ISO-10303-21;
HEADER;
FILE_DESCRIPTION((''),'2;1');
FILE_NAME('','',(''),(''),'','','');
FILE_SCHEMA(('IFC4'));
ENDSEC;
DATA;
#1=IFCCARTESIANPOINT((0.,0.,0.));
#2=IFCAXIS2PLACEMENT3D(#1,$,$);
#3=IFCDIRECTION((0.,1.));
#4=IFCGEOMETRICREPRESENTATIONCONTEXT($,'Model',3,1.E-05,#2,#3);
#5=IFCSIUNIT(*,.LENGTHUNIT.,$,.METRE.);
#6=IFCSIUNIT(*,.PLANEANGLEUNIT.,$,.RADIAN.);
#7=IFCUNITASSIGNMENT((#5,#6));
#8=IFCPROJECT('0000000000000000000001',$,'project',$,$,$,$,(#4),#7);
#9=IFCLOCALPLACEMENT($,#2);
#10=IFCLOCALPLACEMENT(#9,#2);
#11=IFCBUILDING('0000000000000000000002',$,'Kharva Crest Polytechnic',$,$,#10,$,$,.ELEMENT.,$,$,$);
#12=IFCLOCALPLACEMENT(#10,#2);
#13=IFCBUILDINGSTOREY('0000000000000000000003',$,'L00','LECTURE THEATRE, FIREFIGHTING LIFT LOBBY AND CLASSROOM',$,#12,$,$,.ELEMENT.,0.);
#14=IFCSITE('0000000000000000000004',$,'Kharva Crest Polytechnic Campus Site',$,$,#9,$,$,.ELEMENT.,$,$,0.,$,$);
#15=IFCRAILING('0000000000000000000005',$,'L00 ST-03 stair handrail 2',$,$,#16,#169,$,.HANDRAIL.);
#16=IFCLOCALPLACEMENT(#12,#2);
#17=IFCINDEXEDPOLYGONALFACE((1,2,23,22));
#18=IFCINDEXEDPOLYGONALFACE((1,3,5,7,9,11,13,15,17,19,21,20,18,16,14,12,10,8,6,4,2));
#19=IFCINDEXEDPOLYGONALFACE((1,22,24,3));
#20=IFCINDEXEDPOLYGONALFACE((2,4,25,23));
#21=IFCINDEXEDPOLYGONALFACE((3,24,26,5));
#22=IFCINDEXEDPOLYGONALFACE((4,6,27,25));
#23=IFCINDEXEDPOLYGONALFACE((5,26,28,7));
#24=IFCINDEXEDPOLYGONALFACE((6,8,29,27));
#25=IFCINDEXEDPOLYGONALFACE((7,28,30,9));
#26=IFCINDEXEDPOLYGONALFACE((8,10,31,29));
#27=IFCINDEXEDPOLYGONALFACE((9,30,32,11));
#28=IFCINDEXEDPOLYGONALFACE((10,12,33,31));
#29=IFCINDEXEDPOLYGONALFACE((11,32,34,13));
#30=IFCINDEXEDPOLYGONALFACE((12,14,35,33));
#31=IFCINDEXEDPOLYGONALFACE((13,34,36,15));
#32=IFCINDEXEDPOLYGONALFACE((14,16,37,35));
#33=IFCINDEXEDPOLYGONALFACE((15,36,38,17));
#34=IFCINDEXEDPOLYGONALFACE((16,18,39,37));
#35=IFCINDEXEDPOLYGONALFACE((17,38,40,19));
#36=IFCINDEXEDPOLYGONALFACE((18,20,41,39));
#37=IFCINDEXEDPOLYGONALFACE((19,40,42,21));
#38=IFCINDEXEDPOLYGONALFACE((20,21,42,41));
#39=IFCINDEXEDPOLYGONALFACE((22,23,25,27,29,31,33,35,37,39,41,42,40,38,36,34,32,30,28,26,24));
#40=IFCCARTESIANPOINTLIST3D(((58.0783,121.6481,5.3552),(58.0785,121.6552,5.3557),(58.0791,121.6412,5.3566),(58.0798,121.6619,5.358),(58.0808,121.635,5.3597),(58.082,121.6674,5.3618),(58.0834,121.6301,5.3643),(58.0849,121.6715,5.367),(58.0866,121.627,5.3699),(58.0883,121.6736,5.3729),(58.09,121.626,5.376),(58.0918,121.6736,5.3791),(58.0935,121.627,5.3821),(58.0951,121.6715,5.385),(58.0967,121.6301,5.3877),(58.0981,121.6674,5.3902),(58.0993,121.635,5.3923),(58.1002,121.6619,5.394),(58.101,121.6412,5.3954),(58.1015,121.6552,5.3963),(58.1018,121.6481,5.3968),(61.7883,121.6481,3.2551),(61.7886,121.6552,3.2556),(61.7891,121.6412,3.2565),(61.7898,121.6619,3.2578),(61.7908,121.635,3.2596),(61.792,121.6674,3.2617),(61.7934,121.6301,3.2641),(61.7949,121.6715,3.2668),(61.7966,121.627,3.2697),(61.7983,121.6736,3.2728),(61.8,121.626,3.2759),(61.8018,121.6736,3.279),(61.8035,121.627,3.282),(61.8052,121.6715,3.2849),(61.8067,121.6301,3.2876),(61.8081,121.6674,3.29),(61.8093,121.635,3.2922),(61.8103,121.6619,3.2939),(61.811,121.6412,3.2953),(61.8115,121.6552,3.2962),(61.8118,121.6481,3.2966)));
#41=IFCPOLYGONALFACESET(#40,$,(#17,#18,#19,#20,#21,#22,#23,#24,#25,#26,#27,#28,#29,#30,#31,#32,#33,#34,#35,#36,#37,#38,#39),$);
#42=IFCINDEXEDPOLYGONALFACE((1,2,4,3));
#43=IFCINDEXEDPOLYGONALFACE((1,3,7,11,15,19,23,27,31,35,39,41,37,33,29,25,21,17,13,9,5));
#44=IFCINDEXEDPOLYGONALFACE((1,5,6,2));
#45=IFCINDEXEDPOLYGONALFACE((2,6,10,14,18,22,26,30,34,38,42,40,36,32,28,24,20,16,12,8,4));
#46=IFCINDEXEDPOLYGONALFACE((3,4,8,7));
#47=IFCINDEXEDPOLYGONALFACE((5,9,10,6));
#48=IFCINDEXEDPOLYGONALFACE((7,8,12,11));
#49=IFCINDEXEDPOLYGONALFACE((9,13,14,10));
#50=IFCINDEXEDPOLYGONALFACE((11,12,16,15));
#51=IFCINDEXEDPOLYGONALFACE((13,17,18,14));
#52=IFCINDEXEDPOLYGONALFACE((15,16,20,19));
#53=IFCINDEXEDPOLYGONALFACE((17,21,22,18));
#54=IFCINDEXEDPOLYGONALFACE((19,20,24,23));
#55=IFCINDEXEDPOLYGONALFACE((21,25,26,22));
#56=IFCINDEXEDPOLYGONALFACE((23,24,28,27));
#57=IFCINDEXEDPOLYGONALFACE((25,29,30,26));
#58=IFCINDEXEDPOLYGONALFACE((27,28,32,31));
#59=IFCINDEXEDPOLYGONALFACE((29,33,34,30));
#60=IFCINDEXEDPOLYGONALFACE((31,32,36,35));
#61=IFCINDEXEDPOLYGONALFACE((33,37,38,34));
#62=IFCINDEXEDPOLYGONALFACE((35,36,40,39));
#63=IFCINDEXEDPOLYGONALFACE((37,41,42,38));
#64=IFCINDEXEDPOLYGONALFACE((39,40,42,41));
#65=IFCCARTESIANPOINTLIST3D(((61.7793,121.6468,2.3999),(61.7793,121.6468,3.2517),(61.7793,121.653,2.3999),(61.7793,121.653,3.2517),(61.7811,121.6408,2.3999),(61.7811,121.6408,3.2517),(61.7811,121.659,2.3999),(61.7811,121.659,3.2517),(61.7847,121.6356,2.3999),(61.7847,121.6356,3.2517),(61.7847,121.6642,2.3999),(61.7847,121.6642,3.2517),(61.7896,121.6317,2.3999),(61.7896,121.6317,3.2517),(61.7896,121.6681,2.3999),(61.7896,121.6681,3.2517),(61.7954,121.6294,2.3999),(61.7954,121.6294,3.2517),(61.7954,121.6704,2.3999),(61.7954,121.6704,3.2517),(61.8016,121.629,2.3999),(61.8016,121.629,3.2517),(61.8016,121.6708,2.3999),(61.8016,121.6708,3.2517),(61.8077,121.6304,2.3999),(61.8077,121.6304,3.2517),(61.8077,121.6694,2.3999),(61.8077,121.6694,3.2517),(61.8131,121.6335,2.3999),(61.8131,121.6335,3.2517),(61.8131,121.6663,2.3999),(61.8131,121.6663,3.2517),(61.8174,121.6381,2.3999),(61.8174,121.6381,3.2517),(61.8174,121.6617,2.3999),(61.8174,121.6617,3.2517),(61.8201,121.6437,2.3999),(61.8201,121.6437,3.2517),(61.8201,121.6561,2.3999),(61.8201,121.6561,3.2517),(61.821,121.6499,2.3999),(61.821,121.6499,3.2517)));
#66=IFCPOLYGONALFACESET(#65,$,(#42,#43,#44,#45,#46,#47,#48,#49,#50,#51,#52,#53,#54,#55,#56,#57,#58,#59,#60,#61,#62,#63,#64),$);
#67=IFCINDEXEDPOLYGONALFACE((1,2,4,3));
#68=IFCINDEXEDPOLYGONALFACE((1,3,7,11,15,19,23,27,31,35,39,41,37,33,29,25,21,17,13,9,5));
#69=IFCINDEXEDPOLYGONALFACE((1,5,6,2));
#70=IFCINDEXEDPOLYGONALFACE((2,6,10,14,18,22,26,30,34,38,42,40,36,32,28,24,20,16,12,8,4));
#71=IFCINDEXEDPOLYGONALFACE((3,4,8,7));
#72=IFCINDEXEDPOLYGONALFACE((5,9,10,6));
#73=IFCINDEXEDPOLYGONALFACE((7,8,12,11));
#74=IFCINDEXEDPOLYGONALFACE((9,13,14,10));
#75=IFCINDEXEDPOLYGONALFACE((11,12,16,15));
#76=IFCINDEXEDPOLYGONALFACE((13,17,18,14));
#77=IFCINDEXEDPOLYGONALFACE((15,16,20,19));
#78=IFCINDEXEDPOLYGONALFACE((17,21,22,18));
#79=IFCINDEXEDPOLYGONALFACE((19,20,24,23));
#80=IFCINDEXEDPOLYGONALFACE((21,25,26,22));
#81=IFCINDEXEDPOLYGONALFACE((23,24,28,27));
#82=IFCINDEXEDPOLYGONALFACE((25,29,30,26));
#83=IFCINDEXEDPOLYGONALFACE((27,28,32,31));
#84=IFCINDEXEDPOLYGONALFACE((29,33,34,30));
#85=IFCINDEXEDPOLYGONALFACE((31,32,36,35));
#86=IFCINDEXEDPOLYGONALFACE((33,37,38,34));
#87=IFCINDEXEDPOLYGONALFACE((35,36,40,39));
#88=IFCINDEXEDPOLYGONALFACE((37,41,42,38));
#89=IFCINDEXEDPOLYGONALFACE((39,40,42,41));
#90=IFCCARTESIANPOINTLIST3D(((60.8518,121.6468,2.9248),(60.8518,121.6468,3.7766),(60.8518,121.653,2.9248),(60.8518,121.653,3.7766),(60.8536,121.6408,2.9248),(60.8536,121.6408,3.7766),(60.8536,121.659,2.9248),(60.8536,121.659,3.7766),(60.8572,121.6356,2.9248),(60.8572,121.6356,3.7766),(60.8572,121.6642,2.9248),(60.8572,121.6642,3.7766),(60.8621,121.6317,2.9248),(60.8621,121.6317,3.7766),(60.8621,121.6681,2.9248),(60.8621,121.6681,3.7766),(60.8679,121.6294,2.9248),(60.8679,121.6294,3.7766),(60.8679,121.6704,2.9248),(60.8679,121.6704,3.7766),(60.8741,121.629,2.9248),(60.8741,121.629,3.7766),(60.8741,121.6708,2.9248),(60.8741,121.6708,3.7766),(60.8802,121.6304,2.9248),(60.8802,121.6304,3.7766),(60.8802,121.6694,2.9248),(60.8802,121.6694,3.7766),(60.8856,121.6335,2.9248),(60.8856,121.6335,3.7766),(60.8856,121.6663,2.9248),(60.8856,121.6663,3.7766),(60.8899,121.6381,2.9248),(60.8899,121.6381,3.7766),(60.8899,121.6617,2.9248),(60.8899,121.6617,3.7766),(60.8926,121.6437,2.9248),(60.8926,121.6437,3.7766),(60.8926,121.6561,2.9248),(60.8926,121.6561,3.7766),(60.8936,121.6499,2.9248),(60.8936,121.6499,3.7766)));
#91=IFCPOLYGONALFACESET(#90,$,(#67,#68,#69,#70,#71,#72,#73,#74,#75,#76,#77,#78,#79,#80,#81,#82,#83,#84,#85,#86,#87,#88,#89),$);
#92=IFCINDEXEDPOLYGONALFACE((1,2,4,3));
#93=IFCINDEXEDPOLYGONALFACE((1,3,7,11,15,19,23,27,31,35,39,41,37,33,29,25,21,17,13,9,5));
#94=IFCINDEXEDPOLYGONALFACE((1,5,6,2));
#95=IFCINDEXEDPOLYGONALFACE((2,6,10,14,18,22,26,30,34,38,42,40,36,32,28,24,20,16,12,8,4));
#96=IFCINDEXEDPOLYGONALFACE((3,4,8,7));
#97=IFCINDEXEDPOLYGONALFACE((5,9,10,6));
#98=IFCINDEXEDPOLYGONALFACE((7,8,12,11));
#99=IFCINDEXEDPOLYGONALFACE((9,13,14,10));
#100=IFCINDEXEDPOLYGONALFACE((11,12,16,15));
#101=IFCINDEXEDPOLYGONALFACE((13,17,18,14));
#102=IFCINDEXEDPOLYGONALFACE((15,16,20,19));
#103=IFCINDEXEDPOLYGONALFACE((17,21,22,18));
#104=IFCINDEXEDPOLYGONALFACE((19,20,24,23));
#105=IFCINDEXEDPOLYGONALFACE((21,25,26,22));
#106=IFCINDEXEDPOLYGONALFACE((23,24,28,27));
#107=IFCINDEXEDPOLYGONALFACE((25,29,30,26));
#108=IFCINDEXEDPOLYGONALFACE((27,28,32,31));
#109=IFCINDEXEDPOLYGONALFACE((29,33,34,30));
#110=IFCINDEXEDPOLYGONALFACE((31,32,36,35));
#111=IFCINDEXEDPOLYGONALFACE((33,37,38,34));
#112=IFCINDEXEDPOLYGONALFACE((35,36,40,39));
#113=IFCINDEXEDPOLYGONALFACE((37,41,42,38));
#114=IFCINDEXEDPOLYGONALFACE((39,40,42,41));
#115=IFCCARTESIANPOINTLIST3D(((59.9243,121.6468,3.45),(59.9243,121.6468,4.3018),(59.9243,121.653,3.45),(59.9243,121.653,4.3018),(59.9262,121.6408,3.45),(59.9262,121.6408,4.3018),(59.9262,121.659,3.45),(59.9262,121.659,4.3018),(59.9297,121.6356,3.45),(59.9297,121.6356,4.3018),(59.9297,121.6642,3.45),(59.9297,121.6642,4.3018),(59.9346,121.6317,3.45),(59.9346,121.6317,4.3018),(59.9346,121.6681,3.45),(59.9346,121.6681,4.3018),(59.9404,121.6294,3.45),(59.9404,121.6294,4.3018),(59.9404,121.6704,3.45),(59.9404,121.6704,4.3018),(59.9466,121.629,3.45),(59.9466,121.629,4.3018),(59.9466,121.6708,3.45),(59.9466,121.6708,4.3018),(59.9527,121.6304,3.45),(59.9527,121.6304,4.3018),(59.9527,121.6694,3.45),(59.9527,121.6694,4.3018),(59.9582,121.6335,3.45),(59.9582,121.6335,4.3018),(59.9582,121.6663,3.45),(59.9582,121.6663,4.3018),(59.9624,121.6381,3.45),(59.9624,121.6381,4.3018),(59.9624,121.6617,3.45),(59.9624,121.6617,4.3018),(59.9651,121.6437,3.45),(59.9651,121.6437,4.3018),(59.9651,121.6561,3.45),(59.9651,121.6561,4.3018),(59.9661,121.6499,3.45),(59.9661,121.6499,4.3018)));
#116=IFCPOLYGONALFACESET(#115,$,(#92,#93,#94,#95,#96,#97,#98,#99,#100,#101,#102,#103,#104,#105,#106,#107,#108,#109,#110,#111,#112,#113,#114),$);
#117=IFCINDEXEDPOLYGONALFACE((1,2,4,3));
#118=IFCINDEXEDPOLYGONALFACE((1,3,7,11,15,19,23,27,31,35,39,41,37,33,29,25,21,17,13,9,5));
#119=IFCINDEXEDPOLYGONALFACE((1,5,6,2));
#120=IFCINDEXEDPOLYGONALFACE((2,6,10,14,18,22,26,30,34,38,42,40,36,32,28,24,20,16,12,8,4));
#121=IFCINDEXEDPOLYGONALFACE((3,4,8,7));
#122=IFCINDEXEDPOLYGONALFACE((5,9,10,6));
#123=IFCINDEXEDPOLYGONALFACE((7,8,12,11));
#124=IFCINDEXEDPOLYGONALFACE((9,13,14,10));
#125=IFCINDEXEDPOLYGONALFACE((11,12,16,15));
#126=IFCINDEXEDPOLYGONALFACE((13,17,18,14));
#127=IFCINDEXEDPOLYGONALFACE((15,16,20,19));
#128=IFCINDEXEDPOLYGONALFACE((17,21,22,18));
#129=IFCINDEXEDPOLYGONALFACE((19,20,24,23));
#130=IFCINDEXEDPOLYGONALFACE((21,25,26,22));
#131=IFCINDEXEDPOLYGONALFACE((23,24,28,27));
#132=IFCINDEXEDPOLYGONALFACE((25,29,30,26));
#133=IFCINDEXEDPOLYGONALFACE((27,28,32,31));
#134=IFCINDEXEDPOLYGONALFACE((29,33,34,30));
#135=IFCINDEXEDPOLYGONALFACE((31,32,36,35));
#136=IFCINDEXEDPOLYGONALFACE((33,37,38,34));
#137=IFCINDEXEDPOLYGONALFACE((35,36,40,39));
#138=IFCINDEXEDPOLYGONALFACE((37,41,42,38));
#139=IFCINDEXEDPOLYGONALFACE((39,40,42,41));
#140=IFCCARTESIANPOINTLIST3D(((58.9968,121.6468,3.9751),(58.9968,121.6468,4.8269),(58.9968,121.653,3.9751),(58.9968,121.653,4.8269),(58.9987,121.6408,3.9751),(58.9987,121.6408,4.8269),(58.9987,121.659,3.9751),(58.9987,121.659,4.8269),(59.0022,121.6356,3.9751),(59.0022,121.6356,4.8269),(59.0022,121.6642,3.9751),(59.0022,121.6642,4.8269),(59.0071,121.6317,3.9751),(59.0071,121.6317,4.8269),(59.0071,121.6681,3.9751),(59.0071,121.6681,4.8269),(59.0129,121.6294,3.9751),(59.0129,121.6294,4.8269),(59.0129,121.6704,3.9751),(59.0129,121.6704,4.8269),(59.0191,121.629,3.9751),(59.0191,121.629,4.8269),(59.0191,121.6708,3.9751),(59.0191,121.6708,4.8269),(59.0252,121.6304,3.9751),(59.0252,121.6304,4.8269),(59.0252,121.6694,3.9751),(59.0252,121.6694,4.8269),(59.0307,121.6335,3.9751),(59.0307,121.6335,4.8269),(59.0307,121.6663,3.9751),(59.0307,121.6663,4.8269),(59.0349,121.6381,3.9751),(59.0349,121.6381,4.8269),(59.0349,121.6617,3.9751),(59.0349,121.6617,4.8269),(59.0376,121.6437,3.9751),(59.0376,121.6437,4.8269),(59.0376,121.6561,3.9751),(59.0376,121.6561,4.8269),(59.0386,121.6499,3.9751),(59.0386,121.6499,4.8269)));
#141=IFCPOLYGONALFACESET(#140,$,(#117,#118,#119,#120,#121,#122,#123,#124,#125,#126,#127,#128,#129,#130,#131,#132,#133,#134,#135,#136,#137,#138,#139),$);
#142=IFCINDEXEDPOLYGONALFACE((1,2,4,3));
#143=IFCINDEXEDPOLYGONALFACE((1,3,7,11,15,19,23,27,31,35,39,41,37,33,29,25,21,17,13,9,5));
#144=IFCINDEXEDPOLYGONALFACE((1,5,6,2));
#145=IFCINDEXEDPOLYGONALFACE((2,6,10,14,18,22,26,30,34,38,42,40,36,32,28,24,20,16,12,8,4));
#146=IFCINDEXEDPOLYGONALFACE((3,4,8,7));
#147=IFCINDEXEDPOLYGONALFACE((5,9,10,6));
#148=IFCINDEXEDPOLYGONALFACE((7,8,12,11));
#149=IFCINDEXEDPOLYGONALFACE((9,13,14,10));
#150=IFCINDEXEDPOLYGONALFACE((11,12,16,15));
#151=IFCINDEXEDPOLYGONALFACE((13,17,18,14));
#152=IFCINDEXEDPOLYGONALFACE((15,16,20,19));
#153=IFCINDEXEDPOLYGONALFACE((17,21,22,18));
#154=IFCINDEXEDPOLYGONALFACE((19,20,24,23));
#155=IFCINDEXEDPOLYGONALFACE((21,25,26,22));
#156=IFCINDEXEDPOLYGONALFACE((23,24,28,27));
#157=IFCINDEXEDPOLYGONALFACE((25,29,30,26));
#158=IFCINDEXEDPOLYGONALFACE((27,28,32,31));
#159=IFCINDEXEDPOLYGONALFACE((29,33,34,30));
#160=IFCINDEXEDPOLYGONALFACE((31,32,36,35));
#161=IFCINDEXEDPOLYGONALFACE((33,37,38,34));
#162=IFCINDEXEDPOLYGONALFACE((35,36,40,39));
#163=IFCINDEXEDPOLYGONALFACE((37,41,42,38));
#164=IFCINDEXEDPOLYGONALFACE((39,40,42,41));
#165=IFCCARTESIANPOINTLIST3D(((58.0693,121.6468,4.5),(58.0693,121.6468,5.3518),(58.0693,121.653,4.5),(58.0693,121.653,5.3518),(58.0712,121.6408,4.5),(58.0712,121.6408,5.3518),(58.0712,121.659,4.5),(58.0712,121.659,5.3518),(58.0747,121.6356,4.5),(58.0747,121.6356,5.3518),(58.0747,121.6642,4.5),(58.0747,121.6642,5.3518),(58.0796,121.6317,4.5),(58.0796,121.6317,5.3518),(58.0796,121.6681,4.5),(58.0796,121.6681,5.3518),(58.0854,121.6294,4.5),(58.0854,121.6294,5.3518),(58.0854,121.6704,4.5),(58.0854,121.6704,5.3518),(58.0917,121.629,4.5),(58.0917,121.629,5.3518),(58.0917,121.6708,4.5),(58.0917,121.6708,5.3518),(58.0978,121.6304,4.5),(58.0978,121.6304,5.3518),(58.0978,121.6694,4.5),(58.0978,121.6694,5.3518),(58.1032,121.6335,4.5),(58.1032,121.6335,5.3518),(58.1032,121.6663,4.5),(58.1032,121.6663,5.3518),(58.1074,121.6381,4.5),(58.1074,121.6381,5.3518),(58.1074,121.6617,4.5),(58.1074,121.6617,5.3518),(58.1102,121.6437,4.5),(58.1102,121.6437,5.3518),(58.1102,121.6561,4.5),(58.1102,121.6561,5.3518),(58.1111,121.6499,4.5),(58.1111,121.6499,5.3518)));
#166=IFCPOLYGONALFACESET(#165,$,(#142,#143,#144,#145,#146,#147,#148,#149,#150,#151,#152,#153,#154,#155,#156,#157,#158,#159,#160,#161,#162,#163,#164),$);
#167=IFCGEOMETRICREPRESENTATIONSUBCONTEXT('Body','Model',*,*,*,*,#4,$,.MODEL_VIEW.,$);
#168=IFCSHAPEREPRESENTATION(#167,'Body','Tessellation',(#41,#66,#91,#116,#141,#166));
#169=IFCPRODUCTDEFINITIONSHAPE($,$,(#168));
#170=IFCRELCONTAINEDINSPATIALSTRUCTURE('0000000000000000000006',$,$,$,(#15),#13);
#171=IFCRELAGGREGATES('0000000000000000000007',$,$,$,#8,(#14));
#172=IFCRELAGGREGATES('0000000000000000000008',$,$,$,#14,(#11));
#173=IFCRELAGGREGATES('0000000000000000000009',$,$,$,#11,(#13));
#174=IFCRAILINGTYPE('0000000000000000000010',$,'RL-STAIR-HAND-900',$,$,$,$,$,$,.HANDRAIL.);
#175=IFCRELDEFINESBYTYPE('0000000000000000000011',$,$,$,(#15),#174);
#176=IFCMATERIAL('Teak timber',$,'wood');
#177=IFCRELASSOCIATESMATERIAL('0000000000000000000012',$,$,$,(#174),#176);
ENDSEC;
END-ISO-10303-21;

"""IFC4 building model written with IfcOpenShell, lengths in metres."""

from ifc_helpers import new_model, si_unit, direction, frame, origin, origin_2d, place, context, subcontext, project, spatial, circle, extrude, material, type_object, element, save


model = new_model("IFC4")

# Units and contexts
model_context = context("Model", 3, precision=1e-05, world=origin(), true_north=direction((0.0, 1.0)))
body_context = subcontext(model_context, "Body", "Model", "MODEL_VIEW")
ifc_project = project(units=[si_unit("LENGTHUNIT", "METRE"), si_unit("PLANEANGLEUNIT", "RADIAN")], contexts=[model_context])

# Site, building, storey
site_placement = place(None, origin())
site = spatial("IfcSite", under=ifc_project, at=site_placement, Name="Kharva Crest Polytechnic Campus Site", CompositionType="ELEMENT", RefElevation=0.0)
building_placement = place(site_placement, origin())
building = spatial("IfcBuilding", under=site, at=building_placement, Name="Kharva Crest Polytechnic", CompositionType="ELEMENT")
storey_placement = place(building_placement, origin())
storey = spatial("IfcBuildingStorey", under=building, at=storey_placement, Name="L00", Description="LECTURE THEATRE, FIREFIGHTING LIFT LOBBY AND CLASSROOM", CompositionType="ELEMENT", Elevation=0.0)

# Shared definitions
ifc_material_1 = material(Name="Teak timber", Category="wood")

# Railing
railing_type_1 = type_object("IfcRailingType", Name="RL-STAIR-HAND-900", PredefinedType="HANDRAIL", material=ifc_material_1)
railing_1_placement = place(storey_placement, frame((61.8, 121.6499, 2.3999)))
element("IfcRailing", 1, at=railing_1_placement, inside=storey, type_object=railing_type_1, Name="L00 ST-03 stair handrail 2", PredefinedType="HANDRAIL", context=body_context, shape_type="SweptSolid", body=[
    extrude(circle(Radius=0.0239, at=origin_2d()), frame((0.0, 0.0, 0.876), z_axis=(-0.870245, 0.0, 0.492619), x_axis=(0.0, -1.0, 0.0)), (0.0, 0.0, 1.0), 4.2632),
    extrude(circle(Radius=0.021, at=origin_2d()), origin(), (0.0, 0.0, 1.0), 0.8518),
    extrude(circle(Radius=0.021, at=origin_2d()), frame((-0.9275, 0.0, 0.5249)), (0.0, 0.0, 1.0), 0.8518),
    extrude(circle(Radius=0.021, at=origin_2d()), frame((-1.855, 0.0, 1.05)), (0.0, 0.0, 1.0), 0.8518),
    extrude(circle(Radius=0.021, at=origin_2d()), frame((-2.7825, 0.0, 1.5752)), (0.0, 0.0, 1.0), 0.8518),
    extrude(circle(Radius=0.021, at=origin_2d()), frame((-3.71, 0.0, 2.1001)), (0.0, 0.0, 1.0), 0.8518),
])

save(model, "model.ifc")
